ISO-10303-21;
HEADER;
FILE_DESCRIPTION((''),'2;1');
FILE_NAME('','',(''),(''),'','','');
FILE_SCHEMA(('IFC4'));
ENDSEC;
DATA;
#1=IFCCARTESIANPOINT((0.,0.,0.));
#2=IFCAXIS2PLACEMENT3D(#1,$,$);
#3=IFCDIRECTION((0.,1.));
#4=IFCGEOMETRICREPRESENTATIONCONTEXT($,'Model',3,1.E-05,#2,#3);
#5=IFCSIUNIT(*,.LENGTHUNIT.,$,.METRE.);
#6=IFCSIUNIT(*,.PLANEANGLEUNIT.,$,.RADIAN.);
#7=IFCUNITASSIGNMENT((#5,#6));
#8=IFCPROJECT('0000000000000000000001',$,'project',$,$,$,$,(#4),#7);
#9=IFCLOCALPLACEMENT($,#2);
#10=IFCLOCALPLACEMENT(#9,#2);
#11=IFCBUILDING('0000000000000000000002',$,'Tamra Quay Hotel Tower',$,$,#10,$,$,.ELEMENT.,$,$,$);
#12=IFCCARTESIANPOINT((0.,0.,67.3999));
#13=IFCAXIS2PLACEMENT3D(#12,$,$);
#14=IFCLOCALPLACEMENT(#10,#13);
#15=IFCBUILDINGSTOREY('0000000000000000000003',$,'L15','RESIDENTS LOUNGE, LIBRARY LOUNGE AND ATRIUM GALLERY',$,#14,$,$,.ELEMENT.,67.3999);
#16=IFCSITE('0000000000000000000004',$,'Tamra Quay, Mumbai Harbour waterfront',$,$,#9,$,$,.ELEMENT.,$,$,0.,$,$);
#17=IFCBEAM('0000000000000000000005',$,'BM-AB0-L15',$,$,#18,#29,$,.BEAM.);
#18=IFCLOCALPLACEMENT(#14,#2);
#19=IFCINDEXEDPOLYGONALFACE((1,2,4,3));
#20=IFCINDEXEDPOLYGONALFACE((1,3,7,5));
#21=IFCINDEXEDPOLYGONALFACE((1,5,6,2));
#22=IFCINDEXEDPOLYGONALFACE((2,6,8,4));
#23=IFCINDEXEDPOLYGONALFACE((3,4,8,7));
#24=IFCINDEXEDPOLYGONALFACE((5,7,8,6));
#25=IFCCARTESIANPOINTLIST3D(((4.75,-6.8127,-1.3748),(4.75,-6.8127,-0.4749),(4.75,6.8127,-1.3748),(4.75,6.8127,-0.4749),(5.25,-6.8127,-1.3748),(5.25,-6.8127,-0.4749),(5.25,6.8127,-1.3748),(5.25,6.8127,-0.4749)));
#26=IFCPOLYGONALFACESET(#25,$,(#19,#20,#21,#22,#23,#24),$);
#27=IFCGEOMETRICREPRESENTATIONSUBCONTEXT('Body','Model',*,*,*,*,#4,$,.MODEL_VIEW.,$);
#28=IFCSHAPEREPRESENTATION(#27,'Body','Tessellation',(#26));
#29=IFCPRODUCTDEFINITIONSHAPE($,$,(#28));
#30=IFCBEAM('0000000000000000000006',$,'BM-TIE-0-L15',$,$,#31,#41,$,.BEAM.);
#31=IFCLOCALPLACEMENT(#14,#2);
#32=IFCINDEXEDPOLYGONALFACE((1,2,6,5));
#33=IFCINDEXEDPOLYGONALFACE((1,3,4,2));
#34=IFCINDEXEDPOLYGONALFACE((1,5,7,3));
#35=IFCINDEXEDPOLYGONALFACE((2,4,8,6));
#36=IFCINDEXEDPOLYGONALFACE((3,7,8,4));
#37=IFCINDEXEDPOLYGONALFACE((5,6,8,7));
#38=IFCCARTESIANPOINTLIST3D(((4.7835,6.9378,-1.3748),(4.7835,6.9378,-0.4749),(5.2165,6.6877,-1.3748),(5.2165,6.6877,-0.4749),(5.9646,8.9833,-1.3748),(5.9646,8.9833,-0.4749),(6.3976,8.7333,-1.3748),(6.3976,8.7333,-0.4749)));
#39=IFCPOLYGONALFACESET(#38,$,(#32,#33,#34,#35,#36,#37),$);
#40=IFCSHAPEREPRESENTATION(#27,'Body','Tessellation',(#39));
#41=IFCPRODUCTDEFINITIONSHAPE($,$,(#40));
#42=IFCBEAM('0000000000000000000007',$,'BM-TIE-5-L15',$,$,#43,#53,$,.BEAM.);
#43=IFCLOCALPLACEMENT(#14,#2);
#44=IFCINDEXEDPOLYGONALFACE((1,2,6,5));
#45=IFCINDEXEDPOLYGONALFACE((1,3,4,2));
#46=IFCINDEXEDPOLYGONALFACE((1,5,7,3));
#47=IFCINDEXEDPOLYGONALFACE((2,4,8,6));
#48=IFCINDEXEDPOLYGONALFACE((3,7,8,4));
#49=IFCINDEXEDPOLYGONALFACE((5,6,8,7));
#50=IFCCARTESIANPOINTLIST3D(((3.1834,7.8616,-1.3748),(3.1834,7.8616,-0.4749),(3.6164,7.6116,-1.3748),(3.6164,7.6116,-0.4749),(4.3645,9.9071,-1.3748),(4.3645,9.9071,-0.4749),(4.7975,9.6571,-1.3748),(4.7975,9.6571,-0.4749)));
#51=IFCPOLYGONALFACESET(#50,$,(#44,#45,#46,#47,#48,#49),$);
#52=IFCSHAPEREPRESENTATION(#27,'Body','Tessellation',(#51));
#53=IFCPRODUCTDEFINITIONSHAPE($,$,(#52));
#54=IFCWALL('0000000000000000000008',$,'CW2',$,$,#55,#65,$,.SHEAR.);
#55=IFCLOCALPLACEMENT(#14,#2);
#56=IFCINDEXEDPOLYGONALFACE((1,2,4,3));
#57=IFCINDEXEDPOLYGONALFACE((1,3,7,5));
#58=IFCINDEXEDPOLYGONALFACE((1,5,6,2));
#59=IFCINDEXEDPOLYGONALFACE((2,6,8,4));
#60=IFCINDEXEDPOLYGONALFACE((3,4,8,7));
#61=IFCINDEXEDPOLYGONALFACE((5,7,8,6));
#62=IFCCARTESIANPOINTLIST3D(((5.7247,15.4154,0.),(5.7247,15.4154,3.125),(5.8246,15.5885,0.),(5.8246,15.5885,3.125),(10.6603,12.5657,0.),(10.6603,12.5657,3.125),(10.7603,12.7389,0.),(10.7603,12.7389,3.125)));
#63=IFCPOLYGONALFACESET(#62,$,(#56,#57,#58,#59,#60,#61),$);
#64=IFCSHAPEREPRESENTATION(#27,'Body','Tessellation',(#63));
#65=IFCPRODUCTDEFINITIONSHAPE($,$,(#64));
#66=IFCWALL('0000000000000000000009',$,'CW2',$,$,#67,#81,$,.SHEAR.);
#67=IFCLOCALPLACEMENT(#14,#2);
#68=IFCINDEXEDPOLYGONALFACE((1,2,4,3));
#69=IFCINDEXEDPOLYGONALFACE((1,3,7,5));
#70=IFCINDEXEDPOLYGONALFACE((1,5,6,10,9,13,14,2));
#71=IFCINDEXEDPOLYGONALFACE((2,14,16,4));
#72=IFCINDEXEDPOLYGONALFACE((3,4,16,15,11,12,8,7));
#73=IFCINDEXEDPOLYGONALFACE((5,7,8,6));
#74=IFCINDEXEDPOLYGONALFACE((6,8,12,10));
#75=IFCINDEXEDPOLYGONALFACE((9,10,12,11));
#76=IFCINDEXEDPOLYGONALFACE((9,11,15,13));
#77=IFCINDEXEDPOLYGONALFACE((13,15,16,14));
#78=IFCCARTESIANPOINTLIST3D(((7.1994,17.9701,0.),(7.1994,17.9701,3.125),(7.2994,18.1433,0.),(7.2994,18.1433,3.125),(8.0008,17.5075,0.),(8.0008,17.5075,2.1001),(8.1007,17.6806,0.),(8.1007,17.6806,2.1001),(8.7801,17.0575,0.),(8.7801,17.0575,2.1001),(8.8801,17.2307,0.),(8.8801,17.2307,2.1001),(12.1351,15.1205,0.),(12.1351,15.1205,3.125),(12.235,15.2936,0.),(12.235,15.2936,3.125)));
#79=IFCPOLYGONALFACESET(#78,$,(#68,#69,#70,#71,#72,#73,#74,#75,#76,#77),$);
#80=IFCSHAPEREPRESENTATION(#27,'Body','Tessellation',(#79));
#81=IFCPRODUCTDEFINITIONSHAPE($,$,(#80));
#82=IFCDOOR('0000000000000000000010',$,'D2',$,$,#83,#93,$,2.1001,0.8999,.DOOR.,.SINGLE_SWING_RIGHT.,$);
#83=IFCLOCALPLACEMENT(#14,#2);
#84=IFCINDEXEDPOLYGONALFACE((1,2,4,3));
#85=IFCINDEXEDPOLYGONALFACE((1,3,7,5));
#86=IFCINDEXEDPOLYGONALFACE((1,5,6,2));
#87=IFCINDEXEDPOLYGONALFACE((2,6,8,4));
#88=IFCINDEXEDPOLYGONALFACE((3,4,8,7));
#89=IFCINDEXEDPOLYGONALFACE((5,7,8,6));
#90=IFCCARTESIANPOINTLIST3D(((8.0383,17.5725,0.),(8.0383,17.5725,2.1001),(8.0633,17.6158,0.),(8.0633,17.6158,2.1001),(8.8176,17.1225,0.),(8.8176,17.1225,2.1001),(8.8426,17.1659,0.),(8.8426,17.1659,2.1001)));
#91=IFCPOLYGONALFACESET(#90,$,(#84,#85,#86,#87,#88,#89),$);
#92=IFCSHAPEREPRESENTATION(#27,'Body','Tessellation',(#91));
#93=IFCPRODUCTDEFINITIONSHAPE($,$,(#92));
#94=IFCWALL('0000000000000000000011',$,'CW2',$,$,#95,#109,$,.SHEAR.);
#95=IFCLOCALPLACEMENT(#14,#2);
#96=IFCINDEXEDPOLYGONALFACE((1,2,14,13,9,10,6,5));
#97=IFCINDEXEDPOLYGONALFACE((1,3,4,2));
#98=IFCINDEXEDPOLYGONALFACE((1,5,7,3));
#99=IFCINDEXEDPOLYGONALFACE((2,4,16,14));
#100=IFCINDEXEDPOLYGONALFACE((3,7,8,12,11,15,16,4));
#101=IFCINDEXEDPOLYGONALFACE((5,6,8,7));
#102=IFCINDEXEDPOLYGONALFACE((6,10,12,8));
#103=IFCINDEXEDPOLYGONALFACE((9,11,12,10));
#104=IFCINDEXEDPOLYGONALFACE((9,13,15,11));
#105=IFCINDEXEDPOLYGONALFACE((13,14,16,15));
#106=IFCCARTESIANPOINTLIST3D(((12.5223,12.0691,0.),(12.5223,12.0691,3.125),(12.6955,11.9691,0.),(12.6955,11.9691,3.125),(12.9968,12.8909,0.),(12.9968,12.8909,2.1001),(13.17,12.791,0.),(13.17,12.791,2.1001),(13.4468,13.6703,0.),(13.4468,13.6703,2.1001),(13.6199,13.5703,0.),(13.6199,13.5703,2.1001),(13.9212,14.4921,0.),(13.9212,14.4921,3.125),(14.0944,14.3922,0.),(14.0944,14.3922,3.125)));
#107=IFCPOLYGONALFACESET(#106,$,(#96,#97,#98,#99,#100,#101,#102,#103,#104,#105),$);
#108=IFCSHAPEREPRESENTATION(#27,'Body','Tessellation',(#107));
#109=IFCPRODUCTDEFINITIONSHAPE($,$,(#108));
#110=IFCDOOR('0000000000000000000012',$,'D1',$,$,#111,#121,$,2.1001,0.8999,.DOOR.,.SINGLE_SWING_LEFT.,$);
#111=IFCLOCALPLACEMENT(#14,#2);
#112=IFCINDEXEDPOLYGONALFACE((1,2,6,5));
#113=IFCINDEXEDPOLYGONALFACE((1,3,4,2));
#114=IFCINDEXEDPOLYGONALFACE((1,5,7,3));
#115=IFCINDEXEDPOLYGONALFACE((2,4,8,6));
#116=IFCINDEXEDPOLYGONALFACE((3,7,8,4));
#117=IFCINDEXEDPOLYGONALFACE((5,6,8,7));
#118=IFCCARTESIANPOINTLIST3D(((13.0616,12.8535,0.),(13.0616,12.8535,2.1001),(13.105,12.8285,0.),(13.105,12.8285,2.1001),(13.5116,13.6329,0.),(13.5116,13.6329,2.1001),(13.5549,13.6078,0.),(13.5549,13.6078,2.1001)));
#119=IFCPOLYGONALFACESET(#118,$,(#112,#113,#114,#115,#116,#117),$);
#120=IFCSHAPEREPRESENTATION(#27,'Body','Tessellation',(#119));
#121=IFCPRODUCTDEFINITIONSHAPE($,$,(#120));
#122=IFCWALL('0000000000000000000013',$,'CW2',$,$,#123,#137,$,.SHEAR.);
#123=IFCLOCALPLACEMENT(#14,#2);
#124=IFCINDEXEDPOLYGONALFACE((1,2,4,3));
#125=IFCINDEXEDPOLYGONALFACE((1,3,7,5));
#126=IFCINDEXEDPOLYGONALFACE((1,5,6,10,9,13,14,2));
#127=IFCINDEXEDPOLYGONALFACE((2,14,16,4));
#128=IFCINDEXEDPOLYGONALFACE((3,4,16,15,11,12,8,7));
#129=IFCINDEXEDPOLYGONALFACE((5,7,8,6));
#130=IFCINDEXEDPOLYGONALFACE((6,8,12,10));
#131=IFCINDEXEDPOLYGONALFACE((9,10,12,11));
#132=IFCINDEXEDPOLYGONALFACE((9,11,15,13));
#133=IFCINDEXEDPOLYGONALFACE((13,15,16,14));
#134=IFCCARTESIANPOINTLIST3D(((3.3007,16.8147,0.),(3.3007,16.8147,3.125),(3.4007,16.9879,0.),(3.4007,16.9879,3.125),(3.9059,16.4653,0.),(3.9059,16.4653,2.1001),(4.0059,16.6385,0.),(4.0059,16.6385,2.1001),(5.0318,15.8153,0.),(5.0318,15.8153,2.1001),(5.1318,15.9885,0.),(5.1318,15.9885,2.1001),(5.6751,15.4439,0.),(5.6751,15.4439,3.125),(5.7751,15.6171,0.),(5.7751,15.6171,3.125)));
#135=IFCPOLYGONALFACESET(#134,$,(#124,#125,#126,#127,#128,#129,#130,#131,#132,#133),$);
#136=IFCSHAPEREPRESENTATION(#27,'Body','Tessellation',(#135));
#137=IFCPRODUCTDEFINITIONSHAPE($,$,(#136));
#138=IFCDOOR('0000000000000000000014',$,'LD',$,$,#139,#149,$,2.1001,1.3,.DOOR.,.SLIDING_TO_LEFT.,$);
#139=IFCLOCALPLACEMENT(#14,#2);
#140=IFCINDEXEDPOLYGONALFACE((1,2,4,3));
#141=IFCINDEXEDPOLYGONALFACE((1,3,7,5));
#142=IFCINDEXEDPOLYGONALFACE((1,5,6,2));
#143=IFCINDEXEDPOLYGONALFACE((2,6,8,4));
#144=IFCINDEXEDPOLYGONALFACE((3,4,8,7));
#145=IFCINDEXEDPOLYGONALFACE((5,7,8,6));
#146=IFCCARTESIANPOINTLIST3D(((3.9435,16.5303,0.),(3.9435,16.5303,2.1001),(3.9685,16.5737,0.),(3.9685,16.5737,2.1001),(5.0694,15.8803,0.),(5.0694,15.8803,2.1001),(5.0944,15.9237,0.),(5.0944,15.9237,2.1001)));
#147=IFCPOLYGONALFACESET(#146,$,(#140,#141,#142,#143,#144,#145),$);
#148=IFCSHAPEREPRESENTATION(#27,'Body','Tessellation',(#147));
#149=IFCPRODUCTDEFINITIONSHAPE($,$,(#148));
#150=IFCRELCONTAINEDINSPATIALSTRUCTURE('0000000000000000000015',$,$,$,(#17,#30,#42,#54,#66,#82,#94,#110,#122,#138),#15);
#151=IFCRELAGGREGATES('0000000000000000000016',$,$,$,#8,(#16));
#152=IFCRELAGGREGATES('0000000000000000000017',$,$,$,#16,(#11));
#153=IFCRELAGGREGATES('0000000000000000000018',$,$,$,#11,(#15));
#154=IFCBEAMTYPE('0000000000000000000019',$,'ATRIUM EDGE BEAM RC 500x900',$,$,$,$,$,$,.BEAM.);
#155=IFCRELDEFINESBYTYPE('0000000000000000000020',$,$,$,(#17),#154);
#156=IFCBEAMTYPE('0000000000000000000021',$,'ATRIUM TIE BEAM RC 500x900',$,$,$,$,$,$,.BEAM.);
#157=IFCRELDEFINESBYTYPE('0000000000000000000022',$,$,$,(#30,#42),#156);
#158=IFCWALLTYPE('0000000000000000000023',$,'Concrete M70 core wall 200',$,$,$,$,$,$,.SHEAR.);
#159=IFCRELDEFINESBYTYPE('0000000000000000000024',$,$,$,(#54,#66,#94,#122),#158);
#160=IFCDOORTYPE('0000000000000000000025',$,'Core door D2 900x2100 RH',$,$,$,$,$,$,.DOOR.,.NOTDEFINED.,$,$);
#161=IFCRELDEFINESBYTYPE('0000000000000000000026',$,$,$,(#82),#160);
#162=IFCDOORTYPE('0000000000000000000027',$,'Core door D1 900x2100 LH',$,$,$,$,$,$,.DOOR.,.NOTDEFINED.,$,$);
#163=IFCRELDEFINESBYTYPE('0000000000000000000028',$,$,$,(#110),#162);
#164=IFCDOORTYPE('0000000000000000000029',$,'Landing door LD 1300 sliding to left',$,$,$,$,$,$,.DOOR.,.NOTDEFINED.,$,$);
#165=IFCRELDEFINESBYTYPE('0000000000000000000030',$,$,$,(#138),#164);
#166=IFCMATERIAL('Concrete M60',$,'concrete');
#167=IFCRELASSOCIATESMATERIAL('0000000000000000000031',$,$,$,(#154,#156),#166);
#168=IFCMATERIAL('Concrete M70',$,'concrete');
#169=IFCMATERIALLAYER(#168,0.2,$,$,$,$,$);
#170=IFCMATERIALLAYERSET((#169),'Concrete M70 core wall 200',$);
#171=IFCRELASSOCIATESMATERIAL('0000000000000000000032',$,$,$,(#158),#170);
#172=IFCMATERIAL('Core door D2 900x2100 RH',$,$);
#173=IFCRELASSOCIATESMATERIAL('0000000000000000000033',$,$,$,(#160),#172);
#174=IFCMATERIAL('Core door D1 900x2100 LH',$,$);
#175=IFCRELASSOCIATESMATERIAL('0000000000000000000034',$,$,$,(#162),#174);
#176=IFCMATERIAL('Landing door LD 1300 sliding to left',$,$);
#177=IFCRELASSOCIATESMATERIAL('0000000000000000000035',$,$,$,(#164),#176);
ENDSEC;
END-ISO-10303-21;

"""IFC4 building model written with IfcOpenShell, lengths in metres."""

from ifc_helpers import new_model, si_unit, direction, frame, frame_2d, origin, origin_2d, place, context, subcontext, project, spatial, rectangle, extrude, material, layer, layer_set, material_profile, profile_set, type_object, element, fill, save


model = new_model("IFC4")

# Units and contexts
model_context = context("Model", 3, precision=1e-05, world=origin(), true_north=direction((0.0, 1.0)))
body_context = subcontext(model_context, "Body", "Model", "MODEL_VIEW")
ifc_project = project(units=[si_unit("LENGTHUNIT", "METRE"), si_unit("PLANEANGLEUNIT", "RADIAN")], contexts=[model_context])

# Site, building, storey
site_placement = place(None, origin())
site = spatial("IfcSite", under=ifc_project, at=site_placement, Name="Tamra Quay, Mumbai Harbour waterfront", CompositionType="ELEMENT", RefElevation=0.0)
building_placement = place(site_placement, origin())
building = spatial("IfcBuilding", under=site, at=building_placement, Name="Tamra Quay Hotel Tower", CompositionType="ELEMENT")
storey_placement = place(building_placement, frame((0.0, 0.0, 67.3999)))
storey = spatial("IfcBuildingStorey", under=building, at=storey_placement, Name="L15", Description="RESIDENTS LOUNGE, LIBRARY LOUNGE AND ATRIUM GALLERY", CompositionType="ELEMENT", Elevation=67.3999)

# Beams
ifc_material_1 = material(Name="Concrete M60", Category="concrete")
ifc_material_profile_1 = material_profile(ifc_material_1, rectangle(XDim=0.5, YDim=0.8999, at=origin_2d()), Name="ATRIUM EDGE BEAM RC 500x900")
ifc_profile_set_1 = profile_set([ifc_material_profile_1], Name="Concrete M60")
beam_type_1 = type_object("IfcBeamType", Name="ATRIUM EDGE BEAM RC 500x900", PredefinedType="BEAM", material=ifc_profile_set_1)
beam_placement = place(storey_placement, frame((5.0, 6.8127, -0.9248), z_axis=(0.0, -1.0, 0.0), x_axis=(1.0, 0.0, 0.0)))
element("IfcBeam", 1, at=beam_placement, inside=storey, type_object=beam_type_1, Name="BM-AB0-L15", PredefinedType="BEAM", context=body_context, shape_type="SweptSolid", body=[
    extrude(rectangle(XDim=0.5, YDim=0.8999, at=origin_2d()), origin(), (0.0, 0.0, 1.0), 13.6255),
])
ifc_material_profile_2 = material_profile(ifc_material_1, rectangle(XDim=0.5, YDim=0.8999, at=origin_2d()), Name="ATRIUM TIE BEAM RC 500x900")
ifc_profile_set_2 = profile_set([ifc_material_profile_2], Name="Concrete M60")
beam_type_2 = type_object("IfcBeamType", Name="ATRIUM TIE BEAM RC 500x900", PredefinedType="BEAM", material=ifc_profile_set_2)
for number, where, z_axis, x_axis, name in (
    (2, (5.0, 6.8127, -0.9248), (0.50003, 0.866008, 0.0), (-0.866008, 0.50003, 0.0), "BM-TIE-0-L15"),
    (3, (3.3999, 7.7366, -0.9248), (0.50003, 0.866008, 0.0), (-0.866008, 0.50003, 0.0), "BM-TIE-5-L15"),
):
    element("IfcBeam", number, at=place(storey_placement, frame(where, z_axis=z_axis, x_axis=x_axis)), inside=storey, type_object=beam_type_2, Name=name, PredefinedType="BEAM", context=body_context, shape_type="SweptSolid", body=[
        extrude(rectangle(XDim=0.5, YDim=0.8999, at=origin_2d()), origin(), (0.0, 0.0, 1.0), 2.3621),
    ])

# Wall
ifc_material_2 = material(Name="Concrete M70", Category="concrete")
ifc_layer_1 = layer(ifc_material_2, 0.2)
ifc_layer_set_1 = layer_set([ifc_layer_1], Name="Concrete M70 core wall 200")
wall_type_1 = type_object("IfcWallType", Name="Concrete M70 core wall 200", PredefinedType="SHEAR", material=ifc_layer_set_1)
wall_1_placement = place(storey_placement, frame((5.7747, 15.502, 0.0), z_axis=(0.0, 0.0, 1.0), x_axis=(0.86602, -0.500009, 0.0)))
element("IfcWall", 4, at=wall_1_placement, inside=storey, type_object=wall_type_1, Name="CW2", PredefinedType="SHEAR", context=body_context, shape_type="SweptSolid", body=[
    extrude(rectangle(XDim=5.6992, YDim=0.2, at=frame_2d((2.8496, 0.0))), origin(), (0.0, 0.0, 1.0), 3.125),
])

# Walls, openings, doors
wall_2_placement = place(storey_placement, frame((12.1851, 15.207, 0.0), z_axis=(0.0, 0.0, 1.0), x_axis=(-0.86602, 0.500009, 0.0)))
wall_2 = element("IfcWall", 5, at=wall_2_placement, inside=storey, type_object=wall_type_1, Name="CW2", PredefinedType="SHEAR", context=body_context, shape_type="SweptSolid", body=[
    extrude(rectangle(XDim=5.6992, YDim=0.2, at=frame_2d((2.8496, 0.0))), origin(), (0.0, 0.0, 1.0), 3.125),
])
opening_1_placement = place(wall_2_placement, frame((3.874, 0.0, 0.0)))
opening_1 = element("IfcOpeningElement", 6, at=opening_1_placement, cuts=wall_2, PredefinedType="OPENING", context=body_context, shape_type="SweptSolid", body=[
    extrude(rectangle(XDim=0.8999, YDim=2.1001, at=frame_2d((0.45, 1.05))), frame((0.0, 0.1099, 0.0), z_axis=(0.0, -1.0, 0.0), x_axis=(1.0, 0.0, 0.0)), (0.0, 0.0, 1.0), 0.22),
])
ifc_material_3 = material(Name="Core door D2 900x2100 RH")
door_type_1 = type_object("IfcDoorType", Name="Core door D2 900x2100 RH", OperationType="NOTDEFINED", PredefinedType="DOOR", material=ifc_material_3)
door_1_placement = place(opening_1_placement, origin())
door_1 = element("IfcDoor", 7, at=door_1_placement, inside=storey, type_object=door_type_1, Name="D2", OperationType="SINGLE_SWING_RIGHT", OverallHeight=2.1001, OverallWidth=0.8999, PredefinedType="DOOR", context=body_context, shape_type="SweptSolid", body=[
    extrude(rectangle(XDim=0.8999, YDim=2.1001, at=frame_2d((0.45, 1.05))), frame((0.0, 0.0249, 0.0), z_axis=(0.0, -1.0, 0.0), x_axis=(1.0, 0.0, 0.0)), (0.0, 0.0, 1.0), 0.05),
])
fill(opening_1, door_1)
wall_3_placement = place(storey_placement, frame((14.0078, 14.4421, 0.0), z_axis=(0.0, 0.0, 1.0), x_axis=(-0.499987, -0.866033, 0.0)))
wall_3 = element("IfcWall", 8, at=wall_3_placement, inside=storey, type_object=wall_type_1, Name="CW2", PredefinedType="SHEAR", context=body_context, shape_type="SweptSolid", body=[
    extrude(rectangle(XDim=2.7979, YDim=0.2, at=frame_2d((1.3989, 0.0))), origin(), (0.0, 0.0, 1.0), 3.125),
])
opening_2_placement = place(wall_3_placement, frame((0.949, 0.0, 0.0)))
opening_2 = element("IfcOpeningElement", 9, at=opening_2_placement, cuts=wall_3, PredefinedType="OPENING", context=body_context, shape_type="SweptSolid", body=[
    extrude(rectangle(XDim=0.8999, YDim=2.1001, at=frame_2d((0.45, 1.05))), frame((0.0, 0.1099, 0.0), z_axis=(0.0, -1.0, 0.0), x_axis=(1.0, 0.0, 0.0)), (0.0, 0.0, 1.0), 0.22),
])
ifc_material_4 = material(Name="Core door D1 900x2100 LH")
door_type_2 = type_object("IfcDoorType", Name="Core door D1 900x2100 LH", OperationType="NOTDEFINED", PredefinedType="DOOR", material=ifc_material_4)
door_2_placement = place(opening_2_placement, origin())
door_2 = element("IfcDoor", 10, at=door_2_placement, inside=storey, type_object=door_type_2, Name="D1", OperationType="SINGLE_SWING_LEFT", OverallHeight=2.1001, OverallWidth=0.8999, PredefinedType="DOOR", context=body_context, shape_type="SweptSolid", body=[
    extrude(rectangle(XDim=0.8999, YDim=2.1001, at=frame_2d((0.45, 1.05))), frame((0.0, 0.0249, 0.0), z_axis=(0.0, -1.0, 0.0), x_axis=(1.0, 0.0, 0.0)), (0.0, 0.0, 1.0), 0.05),
])
fill(opening_2, door_2)
wall_4_placement = place(storey_placement, frame((5.7251, 15.5305, 0.0), z_axis=(0.0, 0.0, 1.0), x_axis=(-0.866037, 0.499979, 0.0)))
wall_4 = element("IfcWall", 11, at=wall_4_placement, inside=storey, type_object=wall_type_1, Name="CW2", PredefinedType="SHEAR", context=body_context, shape_type="SweptSolid", body=[
    extrude(rectangle(XDim=2.7417, YDim=0.2, at=frame_2d((1.3708, 0.0))), origin(), (0.0, 0.0, 1.0), 3.125),
])
opening_3_placement = place(wall_4_placement, frame((0.7429, 0.0, 0.0)))
opening_3 = element("IfcOpeningElement", 12, at=opening_3_placement, cuts=wall_4, PredefinedType="OPENING", context=body_context, shape_type="SweptSolid", body=[
    extrude(rectangle(XDim=1.3, YDim=2.1001, at=frame_2d((0.6499, 1.05))), frame((0.0, 0.1099, 0.0), z_axis=(0.0, -1.0, 0.0), x_axis=(1.0, 0.0, 0.0)), (0.0, 0.0, 1.0), 0.22),
])
ifc_material_5 = material(Name="Landing door LD 1300 sliding to left")
door_type_3 = type_object("IfcDoorType", Name="Landing door LD 1300 sliding to left", OperationType="NOTDEFINED", PredefinedType="DOOR", material=ifc_material_5)
door_3_placement = place(opening_3_placement, origin())
door_3 = element("IfcDoor", 13, at=door_3_placement, inside=storey, type_object=door_type_3, Name="LD", OperationType="SLIDING_TO_LEFT", OverallHeight=2.1001, OverallWidth=1.3, PredefinedType="DOOR", context=body_context, shape_type="SweptSolid", body=[
    extrude(rectangle(XDim=1.3, YDim=2.1001, at=frame_2d((0.6499, 1.05))), frame((0.0, 0.0249, 0.0), z_axis=(0.0, -1.0, 0.0), x_axis=(1.0, 0.0, 0.0)), (0.0, 0.0, 1.0), 0.05),
])
fill(opening_3, door_3)

save(model, "model.ifc")
